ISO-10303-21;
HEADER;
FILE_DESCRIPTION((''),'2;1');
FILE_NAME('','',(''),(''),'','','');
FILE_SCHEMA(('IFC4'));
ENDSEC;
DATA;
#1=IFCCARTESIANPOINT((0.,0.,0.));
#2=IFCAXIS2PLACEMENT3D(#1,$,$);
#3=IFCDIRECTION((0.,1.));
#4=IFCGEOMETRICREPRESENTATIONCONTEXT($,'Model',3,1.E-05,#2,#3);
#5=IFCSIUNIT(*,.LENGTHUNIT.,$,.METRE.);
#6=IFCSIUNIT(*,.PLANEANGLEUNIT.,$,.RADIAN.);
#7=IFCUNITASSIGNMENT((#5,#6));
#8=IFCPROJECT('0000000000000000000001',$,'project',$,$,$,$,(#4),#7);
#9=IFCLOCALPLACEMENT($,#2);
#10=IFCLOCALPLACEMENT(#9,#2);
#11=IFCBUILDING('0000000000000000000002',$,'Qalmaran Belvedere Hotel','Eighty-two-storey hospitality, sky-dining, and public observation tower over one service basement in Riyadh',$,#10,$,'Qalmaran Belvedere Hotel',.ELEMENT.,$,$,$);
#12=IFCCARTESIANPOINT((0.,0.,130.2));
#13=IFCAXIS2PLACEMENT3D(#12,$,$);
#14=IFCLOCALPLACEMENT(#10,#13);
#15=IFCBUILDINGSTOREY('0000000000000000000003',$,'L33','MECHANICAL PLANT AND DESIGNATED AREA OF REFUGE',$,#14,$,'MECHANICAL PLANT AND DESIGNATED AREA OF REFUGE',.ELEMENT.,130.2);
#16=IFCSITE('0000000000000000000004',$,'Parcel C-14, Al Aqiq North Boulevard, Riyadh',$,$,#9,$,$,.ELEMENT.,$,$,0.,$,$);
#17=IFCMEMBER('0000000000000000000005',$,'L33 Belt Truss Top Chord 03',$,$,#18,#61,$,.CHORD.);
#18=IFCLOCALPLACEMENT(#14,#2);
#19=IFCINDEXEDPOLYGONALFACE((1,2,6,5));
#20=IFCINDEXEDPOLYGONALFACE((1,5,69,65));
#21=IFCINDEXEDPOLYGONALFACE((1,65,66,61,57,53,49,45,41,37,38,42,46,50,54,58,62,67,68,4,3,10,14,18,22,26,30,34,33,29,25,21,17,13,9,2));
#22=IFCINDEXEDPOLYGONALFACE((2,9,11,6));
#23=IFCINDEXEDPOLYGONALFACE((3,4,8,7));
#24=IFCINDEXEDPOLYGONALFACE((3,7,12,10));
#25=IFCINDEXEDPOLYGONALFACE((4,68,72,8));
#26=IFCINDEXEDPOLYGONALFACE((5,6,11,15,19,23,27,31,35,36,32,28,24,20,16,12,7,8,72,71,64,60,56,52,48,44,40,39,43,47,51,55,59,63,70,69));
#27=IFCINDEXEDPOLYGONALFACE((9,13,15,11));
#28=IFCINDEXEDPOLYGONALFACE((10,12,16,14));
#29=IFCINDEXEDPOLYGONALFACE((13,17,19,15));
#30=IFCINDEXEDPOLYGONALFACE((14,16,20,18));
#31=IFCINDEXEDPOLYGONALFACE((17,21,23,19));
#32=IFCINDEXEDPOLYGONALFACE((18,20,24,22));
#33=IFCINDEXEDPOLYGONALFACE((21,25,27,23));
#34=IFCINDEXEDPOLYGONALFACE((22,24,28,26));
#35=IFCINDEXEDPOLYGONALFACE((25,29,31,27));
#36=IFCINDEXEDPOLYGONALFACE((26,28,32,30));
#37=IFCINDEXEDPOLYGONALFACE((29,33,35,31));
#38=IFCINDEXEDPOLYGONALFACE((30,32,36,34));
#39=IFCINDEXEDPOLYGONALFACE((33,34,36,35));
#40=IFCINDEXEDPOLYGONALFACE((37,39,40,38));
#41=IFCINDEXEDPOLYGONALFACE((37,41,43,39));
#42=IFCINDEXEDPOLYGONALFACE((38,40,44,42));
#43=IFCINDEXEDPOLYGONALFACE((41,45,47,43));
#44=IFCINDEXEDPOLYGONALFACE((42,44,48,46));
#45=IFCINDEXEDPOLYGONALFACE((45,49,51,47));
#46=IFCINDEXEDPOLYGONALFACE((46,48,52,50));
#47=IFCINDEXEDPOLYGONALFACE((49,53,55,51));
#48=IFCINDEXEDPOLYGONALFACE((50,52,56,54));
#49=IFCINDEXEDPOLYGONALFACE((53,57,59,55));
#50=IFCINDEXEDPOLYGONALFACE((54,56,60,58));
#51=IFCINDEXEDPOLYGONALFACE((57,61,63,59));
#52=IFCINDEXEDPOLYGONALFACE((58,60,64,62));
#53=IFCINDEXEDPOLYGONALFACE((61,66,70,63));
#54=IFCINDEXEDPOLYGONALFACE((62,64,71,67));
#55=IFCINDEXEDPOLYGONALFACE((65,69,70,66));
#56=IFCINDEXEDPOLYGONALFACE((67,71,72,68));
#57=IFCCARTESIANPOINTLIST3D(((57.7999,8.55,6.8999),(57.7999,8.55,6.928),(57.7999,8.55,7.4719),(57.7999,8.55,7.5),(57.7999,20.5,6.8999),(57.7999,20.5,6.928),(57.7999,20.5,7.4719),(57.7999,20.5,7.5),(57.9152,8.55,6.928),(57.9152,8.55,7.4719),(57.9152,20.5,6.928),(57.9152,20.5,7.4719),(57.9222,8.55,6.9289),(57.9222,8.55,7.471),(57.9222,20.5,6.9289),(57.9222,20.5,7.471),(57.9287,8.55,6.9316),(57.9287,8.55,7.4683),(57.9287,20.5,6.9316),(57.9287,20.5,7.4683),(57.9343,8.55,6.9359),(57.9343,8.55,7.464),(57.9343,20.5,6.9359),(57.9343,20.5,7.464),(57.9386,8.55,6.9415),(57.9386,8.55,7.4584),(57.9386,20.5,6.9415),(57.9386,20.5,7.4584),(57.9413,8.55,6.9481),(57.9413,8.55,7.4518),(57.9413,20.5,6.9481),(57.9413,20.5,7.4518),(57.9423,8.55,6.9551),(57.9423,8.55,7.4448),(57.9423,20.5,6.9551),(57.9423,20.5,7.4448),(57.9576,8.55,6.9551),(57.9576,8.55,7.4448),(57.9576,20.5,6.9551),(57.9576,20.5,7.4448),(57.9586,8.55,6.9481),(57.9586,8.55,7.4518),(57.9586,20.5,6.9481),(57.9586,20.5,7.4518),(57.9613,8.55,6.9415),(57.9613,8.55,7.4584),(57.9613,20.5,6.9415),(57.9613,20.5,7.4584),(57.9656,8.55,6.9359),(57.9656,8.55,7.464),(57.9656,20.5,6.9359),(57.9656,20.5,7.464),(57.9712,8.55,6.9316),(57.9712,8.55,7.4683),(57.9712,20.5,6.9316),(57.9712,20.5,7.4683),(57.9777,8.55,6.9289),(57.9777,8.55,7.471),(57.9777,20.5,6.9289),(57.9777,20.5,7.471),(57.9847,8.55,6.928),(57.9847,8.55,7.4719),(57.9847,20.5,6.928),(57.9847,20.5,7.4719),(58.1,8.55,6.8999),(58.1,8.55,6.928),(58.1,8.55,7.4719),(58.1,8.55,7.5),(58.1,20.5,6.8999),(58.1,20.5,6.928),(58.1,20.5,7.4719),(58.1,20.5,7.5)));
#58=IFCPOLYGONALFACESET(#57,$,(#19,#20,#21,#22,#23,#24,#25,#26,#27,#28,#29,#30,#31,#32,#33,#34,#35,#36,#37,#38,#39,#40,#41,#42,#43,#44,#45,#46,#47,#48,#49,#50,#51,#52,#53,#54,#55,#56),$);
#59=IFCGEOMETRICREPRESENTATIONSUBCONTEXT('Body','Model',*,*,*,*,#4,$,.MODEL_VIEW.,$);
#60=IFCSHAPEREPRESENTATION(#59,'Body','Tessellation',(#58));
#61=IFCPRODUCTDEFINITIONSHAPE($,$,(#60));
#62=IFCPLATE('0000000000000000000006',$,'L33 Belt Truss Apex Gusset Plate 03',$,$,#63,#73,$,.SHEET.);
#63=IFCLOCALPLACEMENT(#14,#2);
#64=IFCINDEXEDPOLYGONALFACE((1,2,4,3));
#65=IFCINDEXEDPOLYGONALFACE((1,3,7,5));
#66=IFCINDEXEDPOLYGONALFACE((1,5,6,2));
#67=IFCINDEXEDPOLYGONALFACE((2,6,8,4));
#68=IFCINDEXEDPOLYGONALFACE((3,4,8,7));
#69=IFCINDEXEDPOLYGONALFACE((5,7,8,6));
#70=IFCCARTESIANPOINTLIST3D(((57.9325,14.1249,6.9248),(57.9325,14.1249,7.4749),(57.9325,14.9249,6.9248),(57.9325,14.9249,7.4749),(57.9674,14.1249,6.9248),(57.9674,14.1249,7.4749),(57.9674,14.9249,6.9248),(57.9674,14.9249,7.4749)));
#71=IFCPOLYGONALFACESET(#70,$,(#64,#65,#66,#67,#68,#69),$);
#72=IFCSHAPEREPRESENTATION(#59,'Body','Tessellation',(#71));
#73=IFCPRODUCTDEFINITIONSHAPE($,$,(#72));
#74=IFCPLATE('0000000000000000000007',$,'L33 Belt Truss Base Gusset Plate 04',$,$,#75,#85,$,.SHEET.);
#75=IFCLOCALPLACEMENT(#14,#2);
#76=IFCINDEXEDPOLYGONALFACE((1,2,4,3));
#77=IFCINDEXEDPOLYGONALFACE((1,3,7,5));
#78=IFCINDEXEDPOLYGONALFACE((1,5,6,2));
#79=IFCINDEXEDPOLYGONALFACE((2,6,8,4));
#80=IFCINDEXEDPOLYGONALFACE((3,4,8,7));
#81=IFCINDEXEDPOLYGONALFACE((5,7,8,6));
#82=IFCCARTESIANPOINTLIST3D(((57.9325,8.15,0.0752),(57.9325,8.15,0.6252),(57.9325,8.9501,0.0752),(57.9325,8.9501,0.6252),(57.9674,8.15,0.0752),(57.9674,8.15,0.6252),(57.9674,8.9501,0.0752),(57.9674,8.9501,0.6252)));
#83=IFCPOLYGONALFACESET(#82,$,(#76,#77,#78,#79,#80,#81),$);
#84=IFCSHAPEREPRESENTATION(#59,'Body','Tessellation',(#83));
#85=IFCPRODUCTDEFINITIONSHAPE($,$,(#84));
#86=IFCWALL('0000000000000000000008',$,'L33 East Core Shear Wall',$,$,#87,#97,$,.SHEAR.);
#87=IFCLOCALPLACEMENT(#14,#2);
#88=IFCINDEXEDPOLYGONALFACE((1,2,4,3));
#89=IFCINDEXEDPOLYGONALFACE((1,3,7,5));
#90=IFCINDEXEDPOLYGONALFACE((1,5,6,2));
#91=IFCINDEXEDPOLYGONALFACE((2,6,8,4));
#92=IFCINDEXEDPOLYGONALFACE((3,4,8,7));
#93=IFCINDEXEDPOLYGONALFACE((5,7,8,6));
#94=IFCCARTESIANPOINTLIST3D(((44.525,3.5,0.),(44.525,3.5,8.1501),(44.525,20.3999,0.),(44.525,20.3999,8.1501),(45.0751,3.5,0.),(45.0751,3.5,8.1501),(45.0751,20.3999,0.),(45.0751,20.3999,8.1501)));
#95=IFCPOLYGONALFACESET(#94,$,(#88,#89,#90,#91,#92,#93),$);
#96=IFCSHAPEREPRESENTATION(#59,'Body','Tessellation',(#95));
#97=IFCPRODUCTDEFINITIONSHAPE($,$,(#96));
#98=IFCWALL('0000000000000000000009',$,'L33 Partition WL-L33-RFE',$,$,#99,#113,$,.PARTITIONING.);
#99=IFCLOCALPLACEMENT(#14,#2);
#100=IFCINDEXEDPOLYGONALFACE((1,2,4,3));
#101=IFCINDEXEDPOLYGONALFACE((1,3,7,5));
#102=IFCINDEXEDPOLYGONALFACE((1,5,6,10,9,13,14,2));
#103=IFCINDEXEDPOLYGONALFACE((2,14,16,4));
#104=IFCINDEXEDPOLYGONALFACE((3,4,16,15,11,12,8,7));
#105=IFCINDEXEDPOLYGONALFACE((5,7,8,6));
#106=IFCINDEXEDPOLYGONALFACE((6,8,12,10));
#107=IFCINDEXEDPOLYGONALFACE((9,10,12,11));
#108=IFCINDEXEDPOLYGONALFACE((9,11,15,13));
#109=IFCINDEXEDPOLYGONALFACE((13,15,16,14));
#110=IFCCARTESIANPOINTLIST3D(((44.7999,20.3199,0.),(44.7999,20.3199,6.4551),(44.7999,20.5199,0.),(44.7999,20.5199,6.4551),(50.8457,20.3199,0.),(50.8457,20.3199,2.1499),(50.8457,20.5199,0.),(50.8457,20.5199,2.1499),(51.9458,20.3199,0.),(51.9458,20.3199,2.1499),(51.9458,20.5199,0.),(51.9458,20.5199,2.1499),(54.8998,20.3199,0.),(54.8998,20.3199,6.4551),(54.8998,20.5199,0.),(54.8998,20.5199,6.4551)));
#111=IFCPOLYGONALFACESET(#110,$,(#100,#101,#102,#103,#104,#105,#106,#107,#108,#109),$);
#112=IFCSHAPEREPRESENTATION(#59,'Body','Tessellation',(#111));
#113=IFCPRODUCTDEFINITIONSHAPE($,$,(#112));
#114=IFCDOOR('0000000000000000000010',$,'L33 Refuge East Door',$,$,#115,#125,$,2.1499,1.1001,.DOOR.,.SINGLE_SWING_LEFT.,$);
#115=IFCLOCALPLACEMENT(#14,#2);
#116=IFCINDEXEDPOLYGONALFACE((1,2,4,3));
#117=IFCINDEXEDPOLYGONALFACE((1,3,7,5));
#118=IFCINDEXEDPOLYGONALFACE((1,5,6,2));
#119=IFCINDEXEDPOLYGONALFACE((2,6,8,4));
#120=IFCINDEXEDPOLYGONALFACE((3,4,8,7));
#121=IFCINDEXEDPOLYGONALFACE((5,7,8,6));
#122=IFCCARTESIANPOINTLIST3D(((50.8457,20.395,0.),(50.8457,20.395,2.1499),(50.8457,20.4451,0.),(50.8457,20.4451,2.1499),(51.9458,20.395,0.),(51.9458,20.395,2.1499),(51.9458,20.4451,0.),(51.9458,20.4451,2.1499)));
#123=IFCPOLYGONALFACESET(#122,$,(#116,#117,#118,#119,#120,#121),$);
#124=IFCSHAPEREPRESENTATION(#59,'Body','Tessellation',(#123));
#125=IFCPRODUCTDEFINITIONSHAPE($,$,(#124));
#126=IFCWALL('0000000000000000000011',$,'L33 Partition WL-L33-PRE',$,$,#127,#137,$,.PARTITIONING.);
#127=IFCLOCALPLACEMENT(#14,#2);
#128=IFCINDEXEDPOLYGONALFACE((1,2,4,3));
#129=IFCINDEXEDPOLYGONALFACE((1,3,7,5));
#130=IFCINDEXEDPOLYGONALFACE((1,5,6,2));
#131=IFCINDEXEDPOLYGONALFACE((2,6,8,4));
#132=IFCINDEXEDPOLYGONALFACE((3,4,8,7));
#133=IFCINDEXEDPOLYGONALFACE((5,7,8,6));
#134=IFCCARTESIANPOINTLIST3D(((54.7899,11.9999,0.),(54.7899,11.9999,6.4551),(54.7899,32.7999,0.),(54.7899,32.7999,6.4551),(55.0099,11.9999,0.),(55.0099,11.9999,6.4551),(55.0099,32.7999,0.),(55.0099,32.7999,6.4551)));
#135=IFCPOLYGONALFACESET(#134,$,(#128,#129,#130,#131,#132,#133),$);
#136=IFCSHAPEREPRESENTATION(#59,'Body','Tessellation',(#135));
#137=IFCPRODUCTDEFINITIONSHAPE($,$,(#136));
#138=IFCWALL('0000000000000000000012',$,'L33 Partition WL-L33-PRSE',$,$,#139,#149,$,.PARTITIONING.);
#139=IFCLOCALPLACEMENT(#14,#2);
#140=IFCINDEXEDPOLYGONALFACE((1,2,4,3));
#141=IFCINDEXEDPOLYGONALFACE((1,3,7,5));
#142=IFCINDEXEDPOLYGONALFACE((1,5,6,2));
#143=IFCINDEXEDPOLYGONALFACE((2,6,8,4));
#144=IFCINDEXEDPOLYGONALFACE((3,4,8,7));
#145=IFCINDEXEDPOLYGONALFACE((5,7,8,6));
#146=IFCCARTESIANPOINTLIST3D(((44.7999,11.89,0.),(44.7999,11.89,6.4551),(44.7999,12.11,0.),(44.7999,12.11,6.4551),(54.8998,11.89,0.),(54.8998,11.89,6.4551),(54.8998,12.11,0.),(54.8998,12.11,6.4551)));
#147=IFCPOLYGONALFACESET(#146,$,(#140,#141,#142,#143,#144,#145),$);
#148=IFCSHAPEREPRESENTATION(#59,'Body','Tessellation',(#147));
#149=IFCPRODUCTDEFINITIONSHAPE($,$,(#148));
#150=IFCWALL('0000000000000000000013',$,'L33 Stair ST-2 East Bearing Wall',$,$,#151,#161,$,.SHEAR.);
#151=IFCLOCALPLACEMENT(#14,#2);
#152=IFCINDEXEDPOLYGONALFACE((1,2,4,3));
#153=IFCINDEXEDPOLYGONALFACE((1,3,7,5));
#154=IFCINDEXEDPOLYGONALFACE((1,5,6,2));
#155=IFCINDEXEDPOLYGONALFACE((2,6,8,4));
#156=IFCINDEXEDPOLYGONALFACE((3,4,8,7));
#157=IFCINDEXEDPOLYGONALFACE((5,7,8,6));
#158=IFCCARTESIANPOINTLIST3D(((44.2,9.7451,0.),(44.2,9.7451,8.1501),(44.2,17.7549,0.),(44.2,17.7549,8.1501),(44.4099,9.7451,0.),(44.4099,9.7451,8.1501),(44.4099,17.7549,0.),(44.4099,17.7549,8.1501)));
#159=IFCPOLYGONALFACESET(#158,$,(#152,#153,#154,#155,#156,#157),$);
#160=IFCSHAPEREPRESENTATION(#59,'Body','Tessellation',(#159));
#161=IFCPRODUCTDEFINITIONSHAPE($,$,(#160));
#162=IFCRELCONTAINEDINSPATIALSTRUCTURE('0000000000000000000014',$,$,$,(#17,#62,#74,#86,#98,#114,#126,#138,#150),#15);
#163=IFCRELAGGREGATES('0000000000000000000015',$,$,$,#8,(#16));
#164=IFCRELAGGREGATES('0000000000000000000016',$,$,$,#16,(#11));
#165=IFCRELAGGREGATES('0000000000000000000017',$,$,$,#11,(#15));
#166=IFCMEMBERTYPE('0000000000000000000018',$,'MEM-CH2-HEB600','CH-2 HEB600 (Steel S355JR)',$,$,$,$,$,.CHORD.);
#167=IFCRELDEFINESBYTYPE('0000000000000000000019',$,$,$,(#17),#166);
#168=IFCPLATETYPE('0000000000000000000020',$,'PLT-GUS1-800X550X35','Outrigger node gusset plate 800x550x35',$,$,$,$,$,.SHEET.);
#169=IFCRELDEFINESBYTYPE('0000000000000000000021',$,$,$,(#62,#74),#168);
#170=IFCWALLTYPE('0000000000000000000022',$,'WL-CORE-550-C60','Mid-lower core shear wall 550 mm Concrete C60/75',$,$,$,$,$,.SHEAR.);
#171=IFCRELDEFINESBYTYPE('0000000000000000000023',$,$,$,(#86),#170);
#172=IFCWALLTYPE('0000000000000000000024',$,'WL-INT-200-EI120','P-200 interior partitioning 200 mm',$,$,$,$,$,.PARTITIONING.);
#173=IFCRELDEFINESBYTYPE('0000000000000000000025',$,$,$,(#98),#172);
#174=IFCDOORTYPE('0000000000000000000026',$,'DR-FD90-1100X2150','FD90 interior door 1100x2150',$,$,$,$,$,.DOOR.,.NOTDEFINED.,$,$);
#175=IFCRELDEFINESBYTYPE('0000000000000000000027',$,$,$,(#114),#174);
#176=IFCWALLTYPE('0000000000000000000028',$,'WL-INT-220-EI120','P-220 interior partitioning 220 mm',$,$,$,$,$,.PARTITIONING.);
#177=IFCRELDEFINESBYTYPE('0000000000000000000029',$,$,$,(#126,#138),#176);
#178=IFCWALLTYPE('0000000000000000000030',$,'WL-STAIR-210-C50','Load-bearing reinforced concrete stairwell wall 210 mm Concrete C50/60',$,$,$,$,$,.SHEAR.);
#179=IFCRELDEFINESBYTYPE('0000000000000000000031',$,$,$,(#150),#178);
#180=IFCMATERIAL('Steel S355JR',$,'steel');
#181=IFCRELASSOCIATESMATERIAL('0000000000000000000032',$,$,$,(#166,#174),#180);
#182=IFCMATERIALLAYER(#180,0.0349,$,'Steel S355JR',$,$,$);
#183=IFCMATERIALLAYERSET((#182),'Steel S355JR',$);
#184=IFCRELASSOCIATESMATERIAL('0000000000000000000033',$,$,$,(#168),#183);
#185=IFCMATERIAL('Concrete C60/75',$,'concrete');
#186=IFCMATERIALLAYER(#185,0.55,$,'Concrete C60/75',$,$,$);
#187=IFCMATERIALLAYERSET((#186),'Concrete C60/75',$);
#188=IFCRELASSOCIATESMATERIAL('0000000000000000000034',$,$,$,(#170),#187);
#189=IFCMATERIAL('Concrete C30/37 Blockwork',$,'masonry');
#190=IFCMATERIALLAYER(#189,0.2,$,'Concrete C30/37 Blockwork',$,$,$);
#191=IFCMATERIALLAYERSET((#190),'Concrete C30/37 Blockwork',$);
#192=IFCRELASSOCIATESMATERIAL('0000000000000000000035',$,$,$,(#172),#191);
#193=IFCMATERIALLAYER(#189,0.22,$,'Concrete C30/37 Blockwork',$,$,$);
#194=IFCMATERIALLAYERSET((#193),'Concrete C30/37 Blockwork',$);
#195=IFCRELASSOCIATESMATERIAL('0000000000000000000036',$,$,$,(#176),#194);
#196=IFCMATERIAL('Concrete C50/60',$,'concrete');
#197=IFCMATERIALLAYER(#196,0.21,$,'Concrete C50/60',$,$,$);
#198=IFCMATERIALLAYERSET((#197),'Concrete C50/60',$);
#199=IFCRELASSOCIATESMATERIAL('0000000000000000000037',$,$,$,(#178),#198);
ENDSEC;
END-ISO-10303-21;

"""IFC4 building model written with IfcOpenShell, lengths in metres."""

from ifc_helpers import new_model, si_unit, direction, frame, frame_2d, origin, origin_2d, place, context, subcontext, project, spatial, rectangle, i_section, extrude, material, layer, layer_set, material_profile, profile_set, type_object, element, fill, save


model = new_model("IFC4")

# Units and contexts
model_context = context("Model", 3, precision=1e-05, world=origin(), true_north=direction((0.0, 1.0)))
body_context = subcontext(model_context, "Body", "Model", "MODEL_VIEW")
ifc_project = project(units=[si_unit("LENGTHUNIT", "METRE"), si_unit("PLANEANGLEUNIT", "RADIAN")], contexts=[model_context])

# Site, building, storey
site_placement = place(None, origin())
site = spatial("IfcSite", under=ifc_project, at=site_placement, Name="Parcel C-14, Al Aqiq North Boulevard, Riyadh", CompositionType="ELEMENT", RefElevation=0.0)
building_placement = place(site_placement, origin())
building = spatial("IfcBuilding", under=site, at=building_placement, Name="Qalmaran Belvedere Hotel", Description="Eighty-two-storey hospitality, sky-dining, and public observation tower over one service basement in Riyadh", LongName="Qalmaran Belvedere Hotel", CompositionType="ELEMENT")
storey_placement = place(building_placement, frame((0.0, 0.0, 130.2)))
storey = spatial("IfcBuildingStorey", under=building, at=storey_placement, Name="L33", Description="MECHANICAL PLANT AND DESIGNATED AREA OF REFUGE", LongName="MECHANICAL PLANT AND DESIGNATED AREA OF REFUGE", CompositionType="ELEMENT", Elevation=130.2)

# Shared definitions
ifc_material_1 = material(Name="Concrete C60/75", Category="concrete")

# Shared definitions
ifc_material_2 = material(Name="Steel S355JR", Category="steel")

# Member
ifc_material_profile_1 = material_profile(ifc_material_2, i_section(OverallWidth=0.3, OverallDepth=0.6001, WebThickness=0.0154, FlangeThickness=0.0281, FilletRadius=0.0271, at=origin_2d()), Name="HEB600")
ifc_profile_set_1 = profile_set([ifc_material_profile_1], Name="Steel S355JR")
member_type_1 = type_object("IfcMemberType", Name="MEM-CH2-HEB600", Description="CH-2 HEB600 (Steel S355JR)", PredefinedType="CHORD", material=ifc_profile_set_1)
member_1_placement = place(storey_placement, frame((57.95, 8.55, 7.2), z_axis=(0.0, 1.0, 0.0), x_axis=(-1.0, 0.0, 0.0)))
element("IfcMember", 1, at=member_1_placement, inside=storey, type_object=member_type_1, Name="L33 Belt Truss Top Chord 03", PredefinedType="CHORD", context=body_context, shape_type="SweptSolid", body=[
    extrude(i_section(OverallWidth=0.3, OverallDepth=0.6001, WebThickness=0.0154, FlangeThickness=0.0281, FilletRadius=0.0271, at=origin_2d()), origin(), (0.0, 0.0, 1.0), 11.95),
])

# Plates
ifc_layer_1 = layer(ifc_material_2, 0.0349, Name="Steel S355JR")
ifc_layer_set_1 = layer_set([ifc_layer_1], Name="Steel S355JR")
plate_type = type_object("IfcPlateType", Name="PLT-GUS1-800X550X35", Description="Outrigger node gusset plate 800x550x35", PredefinedType="SHEET", material=ifc_layer_set_1)
for number, where, z_axis, x_axis, name in (
    (2, (57.95, 14.5249, 6.9248), (0.0, 0.0, 1.0), (0.0, 1.0, 0.0), "L33 Belt Truss Apex Gusset Plate 03"),
    (3, (57.95, 8.55, 0.0752), (0.0, 0.0, 1.0), (0.0, 1.0, 0.0), "L33 Belt Truss Base Gusset Plate 04"),
):
    element("IfcPlate", number, at=place(storey_placement, frame(where, z_axis=z_axis, x_axis=x_axis)), inside=storey, type_object=plate_type, Name=name, PredefinedType="SHEET", context=body_context, shape_type="SweptSolid", body=[
        extrude(rectangle(XDim=0.8, YDim=0.0349, at=origin_2d()), origin(), (0.0, 0.0, 1.0), 0.55),
    ])

# Wall
ifc_layer_2 = layer(ifc_material_1, 0.55, Name="Concrete C60/75")
ifc_layer_set_2 = layer_set([ifc_layer_2], Name="Concrete C60/75")
wall_type_1 = type_object("IfcWallType", Name="WL-CORE-550-C60", Description="Mid-lower core shear wall 550 mm Concrete C60/75", PredefinedType="SHEAR", material=ifc_layer_set_2)
wall_1_placement = place(storey_placement, frame((44.8, 3.5, 0.0), z_axis=(0.0, 0.0, 1.0), x_axis=(0.0, 1.0, 0.0)))
element("IfcWall", 4, at=wall_1_placement, inside=storey, type_object=wall_type_1, Name="L33 East Core Shear Wall", PredefinedType="SHEAR", context=body_context, shape_type="SweptSolid", body=[
    extrude(rectangle(XDim=16.8999, YDim=0.55, at=frame_2d((8.45, 0.0))), origin(), (0.0, 0.0, 1.0), 8.1501),
])

# Wall, opening, door
ifc_material_3 = material(Name="Concrete C30/37 Blockwork", Category="masonry")
ifc_layer_3 = layer(ifc_material_3, 0.2, Name="Concrete C30/37 Blockwork")
ifc_layer_set_3 = layer_set([ifc_layer_3], Name="Concrete C30/37 Blockwork")
wall_type_2 = type_object("IfcWallType", Name="WL-INT-200-EI120", Description="P-200 interior partitioning 200 mm", PredefinedType="PARTITIONING", material=ifc_layer_set_3)
wall_2_placement = place(storey_placement, frame((44.8, 20.4199, 0.0), z_axis=(0.0, 0.0, 1.0), x_axis=(1.0, 0.0, 0.0)))
wall_2 = element("IfcWall", 5, at=wall_2_placement, inside=storey, type_object=wall_type_2, Name="L33 Partition WL-L33-RFE", PredefinedType="PARTITIONING", context=body_context, shape_type="SweptSolid", body=[
    extrude(rectangle(XDim=10.0999, YDim=0.2, at=frame_2d((5.0498, 0.0))), origin(), (0.0, 0.0, 1.0), 6.4551),
])
opening_placement = place(wall_2_placement, frame((7.1458, 0.0, 0.0), z_axis=(0.0, 0.0, 1.0), x_axis=(-1.0, 0.0, 0.0)))
opening = element("IfcOpeningElement", 6, at=opening_placement, cuts=wall_2, PredefinedType="OPENING", context=body_context, shape_type="SweptSolid", body=[
    extrude(rectangle(XDim=1.1001, YDim=2.1499, at=frame_2d((0.55, 1.075))), frame((0.0, 0.1099, 0.0), z_axis=(0.0, -1.0, 0.0), x_axis=(1.0, 0.0, 0.0)), (0.0, 0.0, 1.0), 0.22),
])
door_type = type_object("IfcDoorType", Name="DR-FD90-1100X2150", Description="FD90 interior door 1100x2150", OperationType="NOTDEFINED", PredefinedType="DOOR", material=ifc_material_2)
door_placement = place(opening_placement, origin())
door = element("IfcDoor", 7, at=door_placement, inside=storey, type_object=door_type, Name="L33 Refuge East Door", OperationType="SINGLE_SWING_LEFT", OverallHeight=2.1499, OverallWidth=1.1001, PredefinedType="DOOR", context=body_context, shape_type="SweptSolid", body=[
    extrude(rectangle(XDim=1.1001, YDim=2.1499, at=frame_2d((0.55, 1.075))), frame((0.0, 0.0249, 0.0), z_axis=(0.0, -1.0, 0.0), x_axis=(1.0, 0.0, 0.0)), (0.0, 0.0, 1.0), 0.05),
])
fill(opening, door)

# Walls
ifc_layer_4 = layer(ifc_material_3, 0.22, Name="Concrete C30/37 Blockwork")
ifc_layer_set_4 = layer_set([ifc_layer_4], Name="Concrete C30/37 Blockwork")
wall_type_3 = type_object("IfcWallType", Name="WL-INT-220-EI120", Description="P-220 interior partitioning 220 mm", PredefinedType="PARTITIONING", material=ifc_layer_set_4)
wall_3_placement = place(storey_placement, frame((54.8999, 12.0, 0.0), z_axis=(0.0, 0.0, 1.0), x_axis=(0.0, 1.0, 0.0)))
element("IfcWall", 8, at=wall_3_placement, inside=storey, type_object=wall_type_3, Name="L33 Partition WL-L33-PRE", PredefinedType="PARTITIONING", context=body_context, shape_type="SweptSolid", body=[
    extrude(rectangle(XDim=20.8, YDim=0.22, at=frame_2d((10.3999, 0.0))), origin(), (0.0, 0.0, 1.0), 6.4551),
])
wall_4_placement = place(storey_placement, frame((44.8, 12.0, 0.0), z_axis=(0.0, 0.0, 1.0), x_axis=(1.0, 0.0, 0.0)))
element("IfcWall", 9, at=wall_4_placement, inside=storey, type_object=wall_type_3, Name="L33 Partition WL-L33-PRSE", PredefinedType="PARTITIONING", context=body_context, shape_type="SweptSolid", body=[
    extrude(rectangle(XDim=10.0999, YDim=0.22, at=frame_2d((5.0498, 0.0))), origin(), (0.0, 0.0, 1.0), 6.4551),
])
ifc_material_4 = material(Name="Concrete C50/60", Category="concrete")
ifc_layer_5 = layer(ifc_material_4, 0.21, Name="Concrete C50/60")
ifc_layer_set_5 = layer_set([ifc_layer_5], Name="Concrete C50/60")
wall_type_4 = type_object("IfcWallType", Name="WL-STAIR-210-C50", Description="Load-bearing reinforced concrete stairwell wall 210 mm Concrete C50/60", PredefinedType="SHEAR", material=ifc_layer_set_5)
wall_5_placement = place(storey_placement, frame((44.3049, 9.7451, 0.0), z_axis=(0.0, 0.0, 1.0), x_axis=(0.0, 1.0, 0.0)))
element("IfcWall", 10, at=wall_5_placement, inside=storey, type_object=wall_type_4, Name="L33 Stair ST-2 East Bearing Wall", PredefinedType="SHEAR", context=body_context, shape_type="SweptSolid", body=[
    extrude(rectangle(XDim=8.0098, YDim=0.21, at=frame_2d((4.0049, 0.0))), origin(), (0.0, 0.0, 1.0), 8.1501),
])

save(model, "model.ifc")
